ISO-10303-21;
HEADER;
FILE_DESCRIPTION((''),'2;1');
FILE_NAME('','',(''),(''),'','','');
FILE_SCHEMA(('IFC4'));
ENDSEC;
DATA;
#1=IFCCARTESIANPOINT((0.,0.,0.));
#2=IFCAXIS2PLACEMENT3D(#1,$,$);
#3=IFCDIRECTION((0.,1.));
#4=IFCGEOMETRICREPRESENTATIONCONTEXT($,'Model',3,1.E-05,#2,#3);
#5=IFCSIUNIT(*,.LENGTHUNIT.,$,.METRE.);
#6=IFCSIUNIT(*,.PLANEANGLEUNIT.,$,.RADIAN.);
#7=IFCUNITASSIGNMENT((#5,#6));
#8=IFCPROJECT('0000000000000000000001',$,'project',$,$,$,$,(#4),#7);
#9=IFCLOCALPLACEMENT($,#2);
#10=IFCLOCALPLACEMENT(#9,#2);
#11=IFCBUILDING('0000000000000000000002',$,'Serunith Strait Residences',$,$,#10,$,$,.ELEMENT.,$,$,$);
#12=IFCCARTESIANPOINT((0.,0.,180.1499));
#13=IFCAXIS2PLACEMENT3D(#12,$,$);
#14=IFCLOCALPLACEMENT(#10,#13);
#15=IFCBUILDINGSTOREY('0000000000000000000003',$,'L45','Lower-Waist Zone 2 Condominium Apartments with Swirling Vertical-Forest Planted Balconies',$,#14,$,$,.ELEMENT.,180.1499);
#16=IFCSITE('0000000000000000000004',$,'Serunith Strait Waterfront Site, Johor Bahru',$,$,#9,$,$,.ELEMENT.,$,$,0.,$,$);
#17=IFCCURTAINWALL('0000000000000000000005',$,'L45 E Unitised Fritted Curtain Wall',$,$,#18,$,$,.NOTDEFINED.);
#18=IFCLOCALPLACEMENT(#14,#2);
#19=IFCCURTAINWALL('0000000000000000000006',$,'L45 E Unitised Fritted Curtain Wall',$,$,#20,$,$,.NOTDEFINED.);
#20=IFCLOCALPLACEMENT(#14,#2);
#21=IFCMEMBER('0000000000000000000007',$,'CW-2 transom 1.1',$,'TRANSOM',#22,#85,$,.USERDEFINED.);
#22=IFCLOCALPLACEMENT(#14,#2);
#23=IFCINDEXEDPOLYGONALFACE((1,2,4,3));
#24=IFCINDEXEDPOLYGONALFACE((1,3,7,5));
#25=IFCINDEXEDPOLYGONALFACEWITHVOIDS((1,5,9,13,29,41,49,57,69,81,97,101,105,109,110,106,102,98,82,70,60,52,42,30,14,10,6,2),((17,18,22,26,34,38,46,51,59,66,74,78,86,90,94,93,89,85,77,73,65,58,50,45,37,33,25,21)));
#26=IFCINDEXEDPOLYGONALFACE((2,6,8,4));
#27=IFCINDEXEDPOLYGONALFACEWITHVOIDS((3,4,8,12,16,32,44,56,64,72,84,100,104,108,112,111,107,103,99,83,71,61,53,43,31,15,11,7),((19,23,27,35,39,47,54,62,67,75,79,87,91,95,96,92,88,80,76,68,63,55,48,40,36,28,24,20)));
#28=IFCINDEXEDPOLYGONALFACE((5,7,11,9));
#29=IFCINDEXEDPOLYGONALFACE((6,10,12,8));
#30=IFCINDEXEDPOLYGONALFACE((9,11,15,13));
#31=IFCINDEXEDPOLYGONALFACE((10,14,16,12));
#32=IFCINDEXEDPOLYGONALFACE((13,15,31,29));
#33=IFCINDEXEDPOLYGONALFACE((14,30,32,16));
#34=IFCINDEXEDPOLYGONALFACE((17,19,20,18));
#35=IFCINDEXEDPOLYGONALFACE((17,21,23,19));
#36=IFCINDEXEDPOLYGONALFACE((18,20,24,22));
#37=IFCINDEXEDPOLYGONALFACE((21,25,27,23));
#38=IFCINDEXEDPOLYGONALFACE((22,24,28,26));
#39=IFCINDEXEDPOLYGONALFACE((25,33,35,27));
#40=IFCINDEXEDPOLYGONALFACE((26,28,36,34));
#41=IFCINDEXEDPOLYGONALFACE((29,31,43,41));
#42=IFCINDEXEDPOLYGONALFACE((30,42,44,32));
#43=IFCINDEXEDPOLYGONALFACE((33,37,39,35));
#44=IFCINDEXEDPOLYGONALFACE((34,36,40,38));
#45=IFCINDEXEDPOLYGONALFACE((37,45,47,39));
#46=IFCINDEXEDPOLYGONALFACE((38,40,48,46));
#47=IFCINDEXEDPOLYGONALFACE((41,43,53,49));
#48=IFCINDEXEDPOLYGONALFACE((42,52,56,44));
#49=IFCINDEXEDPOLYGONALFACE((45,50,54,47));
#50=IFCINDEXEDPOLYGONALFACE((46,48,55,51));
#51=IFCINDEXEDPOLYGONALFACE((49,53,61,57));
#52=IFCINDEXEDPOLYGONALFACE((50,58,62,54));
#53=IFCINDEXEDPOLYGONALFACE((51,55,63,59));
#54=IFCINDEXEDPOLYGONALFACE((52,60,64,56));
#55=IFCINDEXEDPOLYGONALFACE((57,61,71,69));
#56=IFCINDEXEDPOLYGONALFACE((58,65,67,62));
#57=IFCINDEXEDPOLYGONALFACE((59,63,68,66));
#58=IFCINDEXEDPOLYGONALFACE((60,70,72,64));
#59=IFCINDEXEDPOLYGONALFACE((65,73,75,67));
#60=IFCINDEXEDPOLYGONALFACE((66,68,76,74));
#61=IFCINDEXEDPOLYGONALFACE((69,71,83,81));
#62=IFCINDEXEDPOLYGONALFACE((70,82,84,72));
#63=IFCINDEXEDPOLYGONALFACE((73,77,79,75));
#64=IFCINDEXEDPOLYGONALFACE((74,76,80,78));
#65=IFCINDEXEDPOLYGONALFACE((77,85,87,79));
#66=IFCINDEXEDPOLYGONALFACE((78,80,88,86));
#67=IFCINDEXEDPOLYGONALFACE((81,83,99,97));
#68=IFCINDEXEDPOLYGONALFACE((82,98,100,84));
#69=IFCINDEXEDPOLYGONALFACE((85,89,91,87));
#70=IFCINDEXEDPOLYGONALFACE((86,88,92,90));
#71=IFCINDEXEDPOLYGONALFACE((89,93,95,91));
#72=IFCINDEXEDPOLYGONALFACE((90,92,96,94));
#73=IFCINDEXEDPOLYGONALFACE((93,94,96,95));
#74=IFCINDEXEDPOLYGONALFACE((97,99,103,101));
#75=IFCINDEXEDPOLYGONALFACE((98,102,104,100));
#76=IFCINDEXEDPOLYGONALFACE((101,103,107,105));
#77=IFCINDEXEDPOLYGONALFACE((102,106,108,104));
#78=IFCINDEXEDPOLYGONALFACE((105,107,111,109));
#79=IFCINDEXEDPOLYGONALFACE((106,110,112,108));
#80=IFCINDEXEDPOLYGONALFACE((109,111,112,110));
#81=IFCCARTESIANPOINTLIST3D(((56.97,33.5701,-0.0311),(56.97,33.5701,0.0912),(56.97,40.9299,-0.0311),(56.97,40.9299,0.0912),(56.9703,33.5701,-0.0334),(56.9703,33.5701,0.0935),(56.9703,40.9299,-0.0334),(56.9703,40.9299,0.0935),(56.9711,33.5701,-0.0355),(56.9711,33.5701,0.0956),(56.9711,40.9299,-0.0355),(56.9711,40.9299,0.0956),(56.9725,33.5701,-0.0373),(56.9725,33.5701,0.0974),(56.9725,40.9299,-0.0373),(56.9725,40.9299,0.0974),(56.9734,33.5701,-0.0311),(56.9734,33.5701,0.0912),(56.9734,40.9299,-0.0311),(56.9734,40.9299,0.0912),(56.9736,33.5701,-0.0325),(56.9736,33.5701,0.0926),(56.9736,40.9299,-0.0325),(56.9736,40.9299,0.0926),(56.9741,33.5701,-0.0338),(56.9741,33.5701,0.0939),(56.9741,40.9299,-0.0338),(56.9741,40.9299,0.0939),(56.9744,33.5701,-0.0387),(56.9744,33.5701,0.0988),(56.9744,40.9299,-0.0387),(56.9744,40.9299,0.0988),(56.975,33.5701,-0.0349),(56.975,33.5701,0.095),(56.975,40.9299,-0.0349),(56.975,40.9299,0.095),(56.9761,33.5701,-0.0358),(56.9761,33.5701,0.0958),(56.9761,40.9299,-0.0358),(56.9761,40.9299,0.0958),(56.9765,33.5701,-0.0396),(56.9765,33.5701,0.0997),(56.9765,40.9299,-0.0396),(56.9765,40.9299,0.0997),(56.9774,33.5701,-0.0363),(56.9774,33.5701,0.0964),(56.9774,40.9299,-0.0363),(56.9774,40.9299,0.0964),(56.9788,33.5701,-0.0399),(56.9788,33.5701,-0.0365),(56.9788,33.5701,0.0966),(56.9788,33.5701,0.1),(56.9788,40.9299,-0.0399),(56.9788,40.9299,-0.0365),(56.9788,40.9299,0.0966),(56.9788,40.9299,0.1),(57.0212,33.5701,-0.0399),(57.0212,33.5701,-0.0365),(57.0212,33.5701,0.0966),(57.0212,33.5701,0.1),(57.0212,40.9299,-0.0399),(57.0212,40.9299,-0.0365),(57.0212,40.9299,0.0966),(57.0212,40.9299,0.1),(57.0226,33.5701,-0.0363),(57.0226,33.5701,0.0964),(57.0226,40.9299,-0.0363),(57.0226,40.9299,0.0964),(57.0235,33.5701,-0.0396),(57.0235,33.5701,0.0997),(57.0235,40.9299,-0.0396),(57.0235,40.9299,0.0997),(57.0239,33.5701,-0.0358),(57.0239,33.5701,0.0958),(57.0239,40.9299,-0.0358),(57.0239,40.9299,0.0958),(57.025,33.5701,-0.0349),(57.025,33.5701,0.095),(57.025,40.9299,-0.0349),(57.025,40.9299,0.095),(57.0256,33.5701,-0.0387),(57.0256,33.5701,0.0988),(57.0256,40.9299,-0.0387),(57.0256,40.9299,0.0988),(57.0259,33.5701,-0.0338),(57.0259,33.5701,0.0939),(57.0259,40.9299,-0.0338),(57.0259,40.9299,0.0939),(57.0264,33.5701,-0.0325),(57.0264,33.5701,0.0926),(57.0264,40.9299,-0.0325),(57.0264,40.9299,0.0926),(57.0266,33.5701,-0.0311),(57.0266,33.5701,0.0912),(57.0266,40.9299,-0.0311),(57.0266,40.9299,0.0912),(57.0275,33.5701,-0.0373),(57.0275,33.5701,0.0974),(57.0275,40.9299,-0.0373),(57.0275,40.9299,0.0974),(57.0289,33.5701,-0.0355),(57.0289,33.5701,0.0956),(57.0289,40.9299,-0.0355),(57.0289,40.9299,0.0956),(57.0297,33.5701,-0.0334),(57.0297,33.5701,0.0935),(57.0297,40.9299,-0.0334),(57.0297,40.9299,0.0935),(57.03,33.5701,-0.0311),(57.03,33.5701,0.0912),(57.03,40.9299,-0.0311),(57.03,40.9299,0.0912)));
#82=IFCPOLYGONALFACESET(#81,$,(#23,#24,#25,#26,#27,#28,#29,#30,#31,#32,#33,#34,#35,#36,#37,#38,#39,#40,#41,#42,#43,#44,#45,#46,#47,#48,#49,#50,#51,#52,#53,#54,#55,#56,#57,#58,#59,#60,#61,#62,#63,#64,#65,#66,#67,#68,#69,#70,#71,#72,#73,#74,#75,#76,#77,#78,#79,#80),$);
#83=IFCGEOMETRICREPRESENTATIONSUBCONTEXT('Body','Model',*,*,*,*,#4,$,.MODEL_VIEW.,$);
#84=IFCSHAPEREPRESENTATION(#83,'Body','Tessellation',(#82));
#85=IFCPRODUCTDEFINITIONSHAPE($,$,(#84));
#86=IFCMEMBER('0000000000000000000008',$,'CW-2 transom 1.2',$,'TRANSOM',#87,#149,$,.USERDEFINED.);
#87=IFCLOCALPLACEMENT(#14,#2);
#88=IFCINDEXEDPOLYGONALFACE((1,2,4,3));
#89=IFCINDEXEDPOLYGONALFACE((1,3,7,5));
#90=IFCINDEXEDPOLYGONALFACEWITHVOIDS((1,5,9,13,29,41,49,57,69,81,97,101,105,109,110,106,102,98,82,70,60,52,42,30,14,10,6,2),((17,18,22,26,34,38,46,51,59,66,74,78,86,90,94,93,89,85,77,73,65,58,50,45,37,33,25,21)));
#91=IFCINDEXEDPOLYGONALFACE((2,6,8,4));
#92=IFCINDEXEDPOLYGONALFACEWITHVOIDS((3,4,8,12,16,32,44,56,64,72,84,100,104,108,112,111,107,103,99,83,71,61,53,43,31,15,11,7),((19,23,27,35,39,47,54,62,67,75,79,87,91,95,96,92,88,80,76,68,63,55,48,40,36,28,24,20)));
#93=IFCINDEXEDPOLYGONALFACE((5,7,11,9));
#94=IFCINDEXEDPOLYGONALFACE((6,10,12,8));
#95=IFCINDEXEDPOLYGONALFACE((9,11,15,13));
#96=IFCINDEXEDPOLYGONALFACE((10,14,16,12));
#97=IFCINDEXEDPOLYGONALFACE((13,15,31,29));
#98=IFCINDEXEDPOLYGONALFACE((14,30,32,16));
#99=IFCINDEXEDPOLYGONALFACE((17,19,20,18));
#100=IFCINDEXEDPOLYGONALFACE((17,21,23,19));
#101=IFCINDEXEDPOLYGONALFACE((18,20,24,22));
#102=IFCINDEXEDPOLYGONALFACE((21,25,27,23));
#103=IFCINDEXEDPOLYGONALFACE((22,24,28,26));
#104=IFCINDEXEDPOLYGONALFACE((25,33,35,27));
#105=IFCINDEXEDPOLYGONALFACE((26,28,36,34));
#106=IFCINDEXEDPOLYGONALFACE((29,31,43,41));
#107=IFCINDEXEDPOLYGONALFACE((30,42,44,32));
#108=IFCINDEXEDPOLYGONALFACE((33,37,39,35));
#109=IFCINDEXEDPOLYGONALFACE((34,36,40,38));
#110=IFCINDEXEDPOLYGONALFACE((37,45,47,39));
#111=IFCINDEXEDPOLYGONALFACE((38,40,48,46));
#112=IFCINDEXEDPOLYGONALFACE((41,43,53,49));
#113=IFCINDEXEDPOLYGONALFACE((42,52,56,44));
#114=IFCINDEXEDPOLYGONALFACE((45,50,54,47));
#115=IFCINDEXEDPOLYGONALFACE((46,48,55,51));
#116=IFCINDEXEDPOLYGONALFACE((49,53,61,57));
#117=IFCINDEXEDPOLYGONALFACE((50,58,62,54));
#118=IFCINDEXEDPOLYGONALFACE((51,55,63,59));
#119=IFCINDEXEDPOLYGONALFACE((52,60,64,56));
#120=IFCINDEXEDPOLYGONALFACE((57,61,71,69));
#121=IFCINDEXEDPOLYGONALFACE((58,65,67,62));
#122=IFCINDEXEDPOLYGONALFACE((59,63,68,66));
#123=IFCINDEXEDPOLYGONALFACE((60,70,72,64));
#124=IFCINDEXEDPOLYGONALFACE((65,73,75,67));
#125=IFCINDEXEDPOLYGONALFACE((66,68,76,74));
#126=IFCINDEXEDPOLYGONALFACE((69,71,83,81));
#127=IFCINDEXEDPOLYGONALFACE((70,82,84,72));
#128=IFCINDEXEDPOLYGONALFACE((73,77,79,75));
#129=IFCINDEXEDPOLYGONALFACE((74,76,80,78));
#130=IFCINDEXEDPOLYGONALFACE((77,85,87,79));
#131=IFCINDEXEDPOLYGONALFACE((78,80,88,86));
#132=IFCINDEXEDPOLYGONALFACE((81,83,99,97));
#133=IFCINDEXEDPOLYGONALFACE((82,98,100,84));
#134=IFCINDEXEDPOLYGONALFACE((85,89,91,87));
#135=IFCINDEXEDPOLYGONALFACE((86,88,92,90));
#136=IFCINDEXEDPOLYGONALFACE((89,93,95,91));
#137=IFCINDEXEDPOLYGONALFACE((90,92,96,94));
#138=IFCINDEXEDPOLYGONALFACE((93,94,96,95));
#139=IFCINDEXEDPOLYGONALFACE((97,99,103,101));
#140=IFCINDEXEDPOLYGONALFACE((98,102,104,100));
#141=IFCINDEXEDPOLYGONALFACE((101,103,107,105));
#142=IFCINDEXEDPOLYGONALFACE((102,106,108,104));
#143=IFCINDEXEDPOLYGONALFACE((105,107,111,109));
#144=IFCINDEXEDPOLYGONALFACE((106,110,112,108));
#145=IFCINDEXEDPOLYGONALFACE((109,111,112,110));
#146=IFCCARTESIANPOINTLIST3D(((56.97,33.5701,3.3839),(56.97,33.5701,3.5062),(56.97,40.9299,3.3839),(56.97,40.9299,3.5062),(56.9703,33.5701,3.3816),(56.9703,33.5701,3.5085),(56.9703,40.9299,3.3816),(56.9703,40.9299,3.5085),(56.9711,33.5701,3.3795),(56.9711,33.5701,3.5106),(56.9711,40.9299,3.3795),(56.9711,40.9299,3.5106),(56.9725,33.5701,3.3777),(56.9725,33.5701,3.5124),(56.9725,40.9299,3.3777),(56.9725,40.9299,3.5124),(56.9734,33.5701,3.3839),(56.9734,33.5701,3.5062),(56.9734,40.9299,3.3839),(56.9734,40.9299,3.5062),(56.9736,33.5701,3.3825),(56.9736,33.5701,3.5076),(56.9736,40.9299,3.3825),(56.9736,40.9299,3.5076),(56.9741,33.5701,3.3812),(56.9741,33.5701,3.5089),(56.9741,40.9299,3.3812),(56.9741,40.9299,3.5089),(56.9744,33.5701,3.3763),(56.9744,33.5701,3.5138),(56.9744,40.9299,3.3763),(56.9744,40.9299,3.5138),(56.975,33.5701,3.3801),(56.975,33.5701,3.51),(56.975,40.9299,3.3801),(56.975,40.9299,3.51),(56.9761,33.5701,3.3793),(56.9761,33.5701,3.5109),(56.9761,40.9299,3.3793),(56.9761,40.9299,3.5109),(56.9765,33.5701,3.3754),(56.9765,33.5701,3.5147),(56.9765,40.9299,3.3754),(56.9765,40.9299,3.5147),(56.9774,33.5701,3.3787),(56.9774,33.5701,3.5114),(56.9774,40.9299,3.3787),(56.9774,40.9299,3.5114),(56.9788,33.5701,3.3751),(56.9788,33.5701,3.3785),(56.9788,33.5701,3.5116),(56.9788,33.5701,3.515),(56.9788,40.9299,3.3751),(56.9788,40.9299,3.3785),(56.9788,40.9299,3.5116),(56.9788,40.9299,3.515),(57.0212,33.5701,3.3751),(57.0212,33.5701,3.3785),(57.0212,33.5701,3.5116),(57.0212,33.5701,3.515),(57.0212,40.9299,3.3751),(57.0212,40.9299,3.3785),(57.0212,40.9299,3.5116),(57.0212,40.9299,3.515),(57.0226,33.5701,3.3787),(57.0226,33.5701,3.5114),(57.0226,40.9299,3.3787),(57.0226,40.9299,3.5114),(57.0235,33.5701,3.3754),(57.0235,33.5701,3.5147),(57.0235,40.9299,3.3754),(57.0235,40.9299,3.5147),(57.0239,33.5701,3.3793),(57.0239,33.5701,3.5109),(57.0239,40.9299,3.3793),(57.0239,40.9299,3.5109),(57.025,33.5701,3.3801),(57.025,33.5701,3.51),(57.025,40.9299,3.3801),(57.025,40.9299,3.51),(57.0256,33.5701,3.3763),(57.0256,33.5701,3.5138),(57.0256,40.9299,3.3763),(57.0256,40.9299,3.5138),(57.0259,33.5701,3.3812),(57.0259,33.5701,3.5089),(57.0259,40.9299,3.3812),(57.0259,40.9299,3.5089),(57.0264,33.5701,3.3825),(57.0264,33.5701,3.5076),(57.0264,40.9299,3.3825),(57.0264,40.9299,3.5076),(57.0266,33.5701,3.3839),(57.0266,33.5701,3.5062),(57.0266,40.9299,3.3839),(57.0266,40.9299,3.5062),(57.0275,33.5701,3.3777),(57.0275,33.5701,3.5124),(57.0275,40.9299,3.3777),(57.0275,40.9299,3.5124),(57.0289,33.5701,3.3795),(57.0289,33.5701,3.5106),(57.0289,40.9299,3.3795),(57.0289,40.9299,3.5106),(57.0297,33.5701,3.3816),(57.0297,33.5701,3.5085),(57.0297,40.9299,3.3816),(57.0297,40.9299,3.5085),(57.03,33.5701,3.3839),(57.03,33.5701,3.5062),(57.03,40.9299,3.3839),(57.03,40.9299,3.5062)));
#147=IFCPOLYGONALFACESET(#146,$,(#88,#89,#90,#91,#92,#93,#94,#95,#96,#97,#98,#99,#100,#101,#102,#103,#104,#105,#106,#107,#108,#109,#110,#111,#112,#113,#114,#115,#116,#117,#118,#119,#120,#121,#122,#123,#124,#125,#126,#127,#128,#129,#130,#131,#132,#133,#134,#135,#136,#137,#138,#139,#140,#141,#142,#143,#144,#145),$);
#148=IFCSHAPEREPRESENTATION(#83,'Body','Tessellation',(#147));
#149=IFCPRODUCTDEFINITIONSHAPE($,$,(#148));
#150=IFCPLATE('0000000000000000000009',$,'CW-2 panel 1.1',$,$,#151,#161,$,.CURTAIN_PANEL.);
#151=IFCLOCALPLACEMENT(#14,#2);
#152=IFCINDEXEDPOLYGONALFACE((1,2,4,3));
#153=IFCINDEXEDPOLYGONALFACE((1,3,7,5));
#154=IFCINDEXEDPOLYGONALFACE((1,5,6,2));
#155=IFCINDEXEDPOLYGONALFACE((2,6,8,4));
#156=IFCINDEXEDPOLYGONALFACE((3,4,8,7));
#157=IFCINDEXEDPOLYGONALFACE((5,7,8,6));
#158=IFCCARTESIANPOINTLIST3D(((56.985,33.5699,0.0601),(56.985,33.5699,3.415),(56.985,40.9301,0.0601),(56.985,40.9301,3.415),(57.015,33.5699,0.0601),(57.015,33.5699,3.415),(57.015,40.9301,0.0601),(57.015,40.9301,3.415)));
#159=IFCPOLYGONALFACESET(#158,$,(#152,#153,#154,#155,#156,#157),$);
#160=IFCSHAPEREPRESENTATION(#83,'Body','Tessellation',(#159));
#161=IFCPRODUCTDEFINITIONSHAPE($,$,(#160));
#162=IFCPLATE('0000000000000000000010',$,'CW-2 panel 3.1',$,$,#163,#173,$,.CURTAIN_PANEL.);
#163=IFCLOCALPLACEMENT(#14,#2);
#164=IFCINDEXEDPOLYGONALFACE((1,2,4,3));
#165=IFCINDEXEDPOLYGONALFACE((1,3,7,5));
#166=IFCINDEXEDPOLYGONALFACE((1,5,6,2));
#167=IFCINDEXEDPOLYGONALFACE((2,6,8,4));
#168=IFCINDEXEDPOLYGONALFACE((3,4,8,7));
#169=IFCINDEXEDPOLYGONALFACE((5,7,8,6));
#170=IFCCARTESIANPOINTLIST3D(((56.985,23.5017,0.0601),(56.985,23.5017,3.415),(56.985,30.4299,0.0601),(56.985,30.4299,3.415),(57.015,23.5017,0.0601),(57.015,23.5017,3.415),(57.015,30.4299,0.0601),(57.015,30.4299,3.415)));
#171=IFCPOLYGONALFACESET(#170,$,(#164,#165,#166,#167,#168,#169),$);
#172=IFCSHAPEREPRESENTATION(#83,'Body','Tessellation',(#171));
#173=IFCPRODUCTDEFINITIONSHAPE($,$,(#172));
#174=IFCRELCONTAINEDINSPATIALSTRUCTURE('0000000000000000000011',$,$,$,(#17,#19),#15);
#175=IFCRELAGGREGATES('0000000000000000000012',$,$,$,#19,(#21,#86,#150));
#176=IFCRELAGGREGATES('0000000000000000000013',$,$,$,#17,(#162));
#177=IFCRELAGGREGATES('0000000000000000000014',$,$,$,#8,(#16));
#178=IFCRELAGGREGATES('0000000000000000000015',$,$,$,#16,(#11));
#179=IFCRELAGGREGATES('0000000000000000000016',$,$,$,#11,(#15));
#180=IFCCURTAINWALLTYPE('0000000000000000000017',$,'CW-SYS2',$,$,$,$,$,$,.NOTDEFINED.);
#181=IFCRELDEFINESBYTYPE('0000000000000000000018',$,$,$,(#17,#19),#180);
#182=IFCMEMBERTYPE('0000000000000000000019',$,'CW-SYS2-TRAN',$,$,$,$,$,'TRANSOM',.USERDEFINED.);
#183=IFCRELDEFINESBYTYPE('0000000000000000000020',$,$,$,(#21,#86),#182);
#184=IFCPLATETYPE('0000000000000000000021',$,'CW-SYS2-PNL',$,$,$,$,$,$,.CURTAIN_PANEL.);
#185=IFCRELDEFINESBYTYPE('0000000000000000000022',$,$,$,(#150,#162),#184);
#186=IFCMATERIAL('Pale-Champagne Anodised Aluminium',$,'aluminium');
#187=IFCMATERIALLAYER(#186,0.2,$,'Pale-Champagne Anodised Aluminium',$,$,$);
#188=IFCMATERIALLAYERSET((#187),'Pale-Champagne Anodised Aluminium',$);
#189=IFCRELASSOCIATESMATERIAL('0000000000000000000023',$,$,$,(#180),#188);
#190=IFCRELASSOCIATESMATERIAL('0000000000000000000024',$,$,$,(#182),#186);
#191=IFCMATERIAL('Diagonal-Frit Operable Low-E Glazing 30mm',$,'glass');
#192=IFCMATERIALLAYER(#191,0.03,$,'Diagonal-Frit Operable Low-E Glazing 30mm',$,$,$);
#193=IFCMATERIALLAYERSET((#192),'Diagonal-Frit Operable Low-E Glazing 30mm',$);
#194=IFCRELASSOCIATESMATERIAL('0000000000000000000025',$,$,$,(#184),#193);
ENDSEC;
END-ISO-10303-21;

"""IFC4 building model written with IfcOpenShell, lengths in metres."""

from ifc_helpers import new_model, si_unit, direction, frame, origin, origin_2d, place, context, subcontext, project, spatial, rectangle, hollow_rectangle, extrude, source, transform, mapped, material, layer, layer_set, material_profile, profile_set, type_object, element, aggregate, save


model = new_model("IFC4")

# Units and contexts
model_context = context("Model", 3, precision=1e-05, world=origin(), true_north=direction((0.0, 1.0)))
body_context = subcontext(model_context, "Body", "Model", "MODEL_VIEW")
ifc_project = project(units=[si_unit("LENGTHUNIT", "METRE"), si_unit("PLANEANGLEUNIT", "RADIAN")], contexts=[model_context])

# Site, building, storey
site_placement = place(None, origin())
site = spatial("IfcSite", under=ifc_project, at=site_placement, Name="Serunith Strait Waterfront Site, Johor Bahru", CompositionType="ELEMENT", RefElevation=0.0)
building_placement = place(site_placement, origin())
building = spatial("IfcBuilding", under=site, at=building_placement, Name="Serunith Strait Residences", CompositionType="ELEMENT")
storey_placement = place(building_placement, frame((0.0, 0.0, 180.1499)))
storey = spatial("IfcBuildingStorey", under=building, at=storey_placement, Name="L45", Description="Lower-Waist Zone 2 Condominium Apartments with Swirling Vertical-Forest Planted Balconies", CompositionType="ELEMENT", Elevation=180.1499)

# Curtain wall
ifc_material_1 = material(Name="Pale-Champagne Anodised Aluminium", Category="aluminium")
ifc_layer_1 = layer(ifc_material_1, 0.2, Name="Pale-Champagne Anodised Aluminium")
ifc_layer_set_1 = layer_set([ifc_layer_1], Name="Pale-Champagne Anodised Aluminium")
curtain_wall_type = type_object("IfcCurtainWallType", Name="CW-SYS2", PredefinedType="NOTDEFINED", material=ifc_layer_set_1)
curtain_wall_1_placement = place(storey_placement, origin())
curtain_wall_1 = element("IfcCurtainWall", 1, at=curtain_wall_1_placement, inside=storey, type_object=curtain_wall_type, Name="L45 E Unitised Fritted Curtain Wall", PredefinedType="NOTDEFINED")

# Curtain wall, members, plate
curtain_wall_2_placement = place(storey_placement, origin())
curtain_wall_2 = element("IfcCurtainWall", 2, at=curtain_wall_2_placement, inside=storey, type_object=curtain_wall_type, Name="L45 E Unitised Fritted Curtain Wall", PredefinedType="NOTDEFINED")
ifc_material_profile_1 = material_profile(ifc_material_1, hollow_rectangle(XDim=0.0601, YDim=0.1399, WallThickness=0.0034, InnerFilletRadius=0.0054, OuterFilletRadius=0.0088, at=origin_2d()), Name="ALU 140x60x3.5")
ifc_profile_set_1 = profile_set([ifc_material_profile_1], Name="Pale-Champagne Anodised Aluminium")
member_type_1 = type_object("IfcMemberType", Name="CW-SYS2-TRAN", ElementType="TRANSOM", PredefinedType="USERDEFINED", material=ifc_profile_set_1)
shared_shape_1 = source(origin(), body_context, "Body", "SweptSolid", [
    extrude(hollow_rectangle(XDim=0.0601, YDim=0.1399, WallThickness=0.0034, InnerFilletRadius=0.0054, OuterFilletRadius=0.0088, at=origin_2d()), origin(), (0.0, 0.0, 1.0), 7.3599),
])
member_1_placement = place(storey_placement, frame((57.0, 33.5701, 0.03), z_axis=(0.0, 1.0, 0.0), x_axis=(-1.0, 0.0, 0.0)))
member_1 = element("IfcMember", 3, at=member_1_placement, type_object=member_type_1, Name="CW-2 transom 1.1", ObjectType="TRANSOM", PredefinedType="USERDEFINED", context=body_context, shape_type="MappedRepresentation", body=[
    mapped(shared_shape_1, transform((0.0, 0.0, 0.0), scale=1.0)),
])
member_2_placement = place(storey_placement, frame((57.0, 33.5701, 3.4451), z_axis=(0.0, 1.0, 0.0), x_axis=(-1.0, 0.0, 0.0)))
member_2 = element("IfcMember", 4, at=member_2_placement, type_object=member_type_1, Name="CW-2 transom 1.2", ObjectType="TRANSOM", PredefinedType="USERDEFINED", context=body_context, shape_type="MappedRepresentation", body=[
    mapped(shared_shape_1, transform((0.0, 0.0, 0.0), scale=1.0)),
])
ifc_material_2 = material(Name="Diagonal-Frit Operable Low-E Glazing 30mm", Category="glass")
ifc_layer_2 = layer(ifc_material_2, 0.03, Name="Diagonal-Frit Operable Low-E Glazing 30mm")
ifc_layer_set_2 = layer_set([ifc_layer_2], Name="Diagonal-Frit Operable Low-E Glazing 30mm")
plate_type = type_object("IfcPlateType", Name="CW-SYS2-PNL", PredefinedType="CURTAIN_PANEL", material=ifc_layer_set_2)
shared_shape_2 = source(origin(), body_context, "Body", "SweptSolid", [
    extrude(rectangle(XDim=7.3601, YDim=0.03, at=origin_2d()), origin(), (0.0, 0.0, 1.0), 3.355),
])
plate_1_placement = place(storey_placement, frame((57.0, 37.25, 0.0601), z_axis=(0.0, 0.0, 1.0), x_axis=(0.0, 1.0, 0.0)))
plate_1 = element("IfcPlate", 5, at=plate_1_placement, type_object=plate_type, Name="CW-2 panel 1.1", PredefinedType="CURTAIN_PANEL", context=body_context, shape_type="MappedRepresentation", body=[
    mapped(shared_shape_2, transform((0.0, 0.0, 0.0), scale=1.0)),
])
aggregate(curtain_wall_2, [member_1, member_2, plate_1])

# Plate
shared_shape_3 = source(origin(), body_context, "Body", "SweptSolid", [
    extrude(rectangle(XDim=6.9282, YDim=0.03, at=origin_2d()), origin(), (0.0, 0.0, 1.0), 3.355),
])
plate_2_placement = place(storey_placement, frame((57.0, 26.9658, 0.0601), z_axis=(0.0, 0.0, 1.0), x_axis=(0.0, 1.0, 0.0)))
plate_2 = element("IfcPlate", 6, at=plate_2_placement, type_object=plate_type, Name="CW-2 panel 3.1", PredefinedType="CURTAIN_PANEL", context=body_context, shape_type="MappedRepresentation", body=[
    mapped(shared_shape_3, transform((0.0, 0.0, 0.0), scale=1.0)),
])
aggregate(curtain_wall_1, [plate_2])

save(model, "model.ifc")
